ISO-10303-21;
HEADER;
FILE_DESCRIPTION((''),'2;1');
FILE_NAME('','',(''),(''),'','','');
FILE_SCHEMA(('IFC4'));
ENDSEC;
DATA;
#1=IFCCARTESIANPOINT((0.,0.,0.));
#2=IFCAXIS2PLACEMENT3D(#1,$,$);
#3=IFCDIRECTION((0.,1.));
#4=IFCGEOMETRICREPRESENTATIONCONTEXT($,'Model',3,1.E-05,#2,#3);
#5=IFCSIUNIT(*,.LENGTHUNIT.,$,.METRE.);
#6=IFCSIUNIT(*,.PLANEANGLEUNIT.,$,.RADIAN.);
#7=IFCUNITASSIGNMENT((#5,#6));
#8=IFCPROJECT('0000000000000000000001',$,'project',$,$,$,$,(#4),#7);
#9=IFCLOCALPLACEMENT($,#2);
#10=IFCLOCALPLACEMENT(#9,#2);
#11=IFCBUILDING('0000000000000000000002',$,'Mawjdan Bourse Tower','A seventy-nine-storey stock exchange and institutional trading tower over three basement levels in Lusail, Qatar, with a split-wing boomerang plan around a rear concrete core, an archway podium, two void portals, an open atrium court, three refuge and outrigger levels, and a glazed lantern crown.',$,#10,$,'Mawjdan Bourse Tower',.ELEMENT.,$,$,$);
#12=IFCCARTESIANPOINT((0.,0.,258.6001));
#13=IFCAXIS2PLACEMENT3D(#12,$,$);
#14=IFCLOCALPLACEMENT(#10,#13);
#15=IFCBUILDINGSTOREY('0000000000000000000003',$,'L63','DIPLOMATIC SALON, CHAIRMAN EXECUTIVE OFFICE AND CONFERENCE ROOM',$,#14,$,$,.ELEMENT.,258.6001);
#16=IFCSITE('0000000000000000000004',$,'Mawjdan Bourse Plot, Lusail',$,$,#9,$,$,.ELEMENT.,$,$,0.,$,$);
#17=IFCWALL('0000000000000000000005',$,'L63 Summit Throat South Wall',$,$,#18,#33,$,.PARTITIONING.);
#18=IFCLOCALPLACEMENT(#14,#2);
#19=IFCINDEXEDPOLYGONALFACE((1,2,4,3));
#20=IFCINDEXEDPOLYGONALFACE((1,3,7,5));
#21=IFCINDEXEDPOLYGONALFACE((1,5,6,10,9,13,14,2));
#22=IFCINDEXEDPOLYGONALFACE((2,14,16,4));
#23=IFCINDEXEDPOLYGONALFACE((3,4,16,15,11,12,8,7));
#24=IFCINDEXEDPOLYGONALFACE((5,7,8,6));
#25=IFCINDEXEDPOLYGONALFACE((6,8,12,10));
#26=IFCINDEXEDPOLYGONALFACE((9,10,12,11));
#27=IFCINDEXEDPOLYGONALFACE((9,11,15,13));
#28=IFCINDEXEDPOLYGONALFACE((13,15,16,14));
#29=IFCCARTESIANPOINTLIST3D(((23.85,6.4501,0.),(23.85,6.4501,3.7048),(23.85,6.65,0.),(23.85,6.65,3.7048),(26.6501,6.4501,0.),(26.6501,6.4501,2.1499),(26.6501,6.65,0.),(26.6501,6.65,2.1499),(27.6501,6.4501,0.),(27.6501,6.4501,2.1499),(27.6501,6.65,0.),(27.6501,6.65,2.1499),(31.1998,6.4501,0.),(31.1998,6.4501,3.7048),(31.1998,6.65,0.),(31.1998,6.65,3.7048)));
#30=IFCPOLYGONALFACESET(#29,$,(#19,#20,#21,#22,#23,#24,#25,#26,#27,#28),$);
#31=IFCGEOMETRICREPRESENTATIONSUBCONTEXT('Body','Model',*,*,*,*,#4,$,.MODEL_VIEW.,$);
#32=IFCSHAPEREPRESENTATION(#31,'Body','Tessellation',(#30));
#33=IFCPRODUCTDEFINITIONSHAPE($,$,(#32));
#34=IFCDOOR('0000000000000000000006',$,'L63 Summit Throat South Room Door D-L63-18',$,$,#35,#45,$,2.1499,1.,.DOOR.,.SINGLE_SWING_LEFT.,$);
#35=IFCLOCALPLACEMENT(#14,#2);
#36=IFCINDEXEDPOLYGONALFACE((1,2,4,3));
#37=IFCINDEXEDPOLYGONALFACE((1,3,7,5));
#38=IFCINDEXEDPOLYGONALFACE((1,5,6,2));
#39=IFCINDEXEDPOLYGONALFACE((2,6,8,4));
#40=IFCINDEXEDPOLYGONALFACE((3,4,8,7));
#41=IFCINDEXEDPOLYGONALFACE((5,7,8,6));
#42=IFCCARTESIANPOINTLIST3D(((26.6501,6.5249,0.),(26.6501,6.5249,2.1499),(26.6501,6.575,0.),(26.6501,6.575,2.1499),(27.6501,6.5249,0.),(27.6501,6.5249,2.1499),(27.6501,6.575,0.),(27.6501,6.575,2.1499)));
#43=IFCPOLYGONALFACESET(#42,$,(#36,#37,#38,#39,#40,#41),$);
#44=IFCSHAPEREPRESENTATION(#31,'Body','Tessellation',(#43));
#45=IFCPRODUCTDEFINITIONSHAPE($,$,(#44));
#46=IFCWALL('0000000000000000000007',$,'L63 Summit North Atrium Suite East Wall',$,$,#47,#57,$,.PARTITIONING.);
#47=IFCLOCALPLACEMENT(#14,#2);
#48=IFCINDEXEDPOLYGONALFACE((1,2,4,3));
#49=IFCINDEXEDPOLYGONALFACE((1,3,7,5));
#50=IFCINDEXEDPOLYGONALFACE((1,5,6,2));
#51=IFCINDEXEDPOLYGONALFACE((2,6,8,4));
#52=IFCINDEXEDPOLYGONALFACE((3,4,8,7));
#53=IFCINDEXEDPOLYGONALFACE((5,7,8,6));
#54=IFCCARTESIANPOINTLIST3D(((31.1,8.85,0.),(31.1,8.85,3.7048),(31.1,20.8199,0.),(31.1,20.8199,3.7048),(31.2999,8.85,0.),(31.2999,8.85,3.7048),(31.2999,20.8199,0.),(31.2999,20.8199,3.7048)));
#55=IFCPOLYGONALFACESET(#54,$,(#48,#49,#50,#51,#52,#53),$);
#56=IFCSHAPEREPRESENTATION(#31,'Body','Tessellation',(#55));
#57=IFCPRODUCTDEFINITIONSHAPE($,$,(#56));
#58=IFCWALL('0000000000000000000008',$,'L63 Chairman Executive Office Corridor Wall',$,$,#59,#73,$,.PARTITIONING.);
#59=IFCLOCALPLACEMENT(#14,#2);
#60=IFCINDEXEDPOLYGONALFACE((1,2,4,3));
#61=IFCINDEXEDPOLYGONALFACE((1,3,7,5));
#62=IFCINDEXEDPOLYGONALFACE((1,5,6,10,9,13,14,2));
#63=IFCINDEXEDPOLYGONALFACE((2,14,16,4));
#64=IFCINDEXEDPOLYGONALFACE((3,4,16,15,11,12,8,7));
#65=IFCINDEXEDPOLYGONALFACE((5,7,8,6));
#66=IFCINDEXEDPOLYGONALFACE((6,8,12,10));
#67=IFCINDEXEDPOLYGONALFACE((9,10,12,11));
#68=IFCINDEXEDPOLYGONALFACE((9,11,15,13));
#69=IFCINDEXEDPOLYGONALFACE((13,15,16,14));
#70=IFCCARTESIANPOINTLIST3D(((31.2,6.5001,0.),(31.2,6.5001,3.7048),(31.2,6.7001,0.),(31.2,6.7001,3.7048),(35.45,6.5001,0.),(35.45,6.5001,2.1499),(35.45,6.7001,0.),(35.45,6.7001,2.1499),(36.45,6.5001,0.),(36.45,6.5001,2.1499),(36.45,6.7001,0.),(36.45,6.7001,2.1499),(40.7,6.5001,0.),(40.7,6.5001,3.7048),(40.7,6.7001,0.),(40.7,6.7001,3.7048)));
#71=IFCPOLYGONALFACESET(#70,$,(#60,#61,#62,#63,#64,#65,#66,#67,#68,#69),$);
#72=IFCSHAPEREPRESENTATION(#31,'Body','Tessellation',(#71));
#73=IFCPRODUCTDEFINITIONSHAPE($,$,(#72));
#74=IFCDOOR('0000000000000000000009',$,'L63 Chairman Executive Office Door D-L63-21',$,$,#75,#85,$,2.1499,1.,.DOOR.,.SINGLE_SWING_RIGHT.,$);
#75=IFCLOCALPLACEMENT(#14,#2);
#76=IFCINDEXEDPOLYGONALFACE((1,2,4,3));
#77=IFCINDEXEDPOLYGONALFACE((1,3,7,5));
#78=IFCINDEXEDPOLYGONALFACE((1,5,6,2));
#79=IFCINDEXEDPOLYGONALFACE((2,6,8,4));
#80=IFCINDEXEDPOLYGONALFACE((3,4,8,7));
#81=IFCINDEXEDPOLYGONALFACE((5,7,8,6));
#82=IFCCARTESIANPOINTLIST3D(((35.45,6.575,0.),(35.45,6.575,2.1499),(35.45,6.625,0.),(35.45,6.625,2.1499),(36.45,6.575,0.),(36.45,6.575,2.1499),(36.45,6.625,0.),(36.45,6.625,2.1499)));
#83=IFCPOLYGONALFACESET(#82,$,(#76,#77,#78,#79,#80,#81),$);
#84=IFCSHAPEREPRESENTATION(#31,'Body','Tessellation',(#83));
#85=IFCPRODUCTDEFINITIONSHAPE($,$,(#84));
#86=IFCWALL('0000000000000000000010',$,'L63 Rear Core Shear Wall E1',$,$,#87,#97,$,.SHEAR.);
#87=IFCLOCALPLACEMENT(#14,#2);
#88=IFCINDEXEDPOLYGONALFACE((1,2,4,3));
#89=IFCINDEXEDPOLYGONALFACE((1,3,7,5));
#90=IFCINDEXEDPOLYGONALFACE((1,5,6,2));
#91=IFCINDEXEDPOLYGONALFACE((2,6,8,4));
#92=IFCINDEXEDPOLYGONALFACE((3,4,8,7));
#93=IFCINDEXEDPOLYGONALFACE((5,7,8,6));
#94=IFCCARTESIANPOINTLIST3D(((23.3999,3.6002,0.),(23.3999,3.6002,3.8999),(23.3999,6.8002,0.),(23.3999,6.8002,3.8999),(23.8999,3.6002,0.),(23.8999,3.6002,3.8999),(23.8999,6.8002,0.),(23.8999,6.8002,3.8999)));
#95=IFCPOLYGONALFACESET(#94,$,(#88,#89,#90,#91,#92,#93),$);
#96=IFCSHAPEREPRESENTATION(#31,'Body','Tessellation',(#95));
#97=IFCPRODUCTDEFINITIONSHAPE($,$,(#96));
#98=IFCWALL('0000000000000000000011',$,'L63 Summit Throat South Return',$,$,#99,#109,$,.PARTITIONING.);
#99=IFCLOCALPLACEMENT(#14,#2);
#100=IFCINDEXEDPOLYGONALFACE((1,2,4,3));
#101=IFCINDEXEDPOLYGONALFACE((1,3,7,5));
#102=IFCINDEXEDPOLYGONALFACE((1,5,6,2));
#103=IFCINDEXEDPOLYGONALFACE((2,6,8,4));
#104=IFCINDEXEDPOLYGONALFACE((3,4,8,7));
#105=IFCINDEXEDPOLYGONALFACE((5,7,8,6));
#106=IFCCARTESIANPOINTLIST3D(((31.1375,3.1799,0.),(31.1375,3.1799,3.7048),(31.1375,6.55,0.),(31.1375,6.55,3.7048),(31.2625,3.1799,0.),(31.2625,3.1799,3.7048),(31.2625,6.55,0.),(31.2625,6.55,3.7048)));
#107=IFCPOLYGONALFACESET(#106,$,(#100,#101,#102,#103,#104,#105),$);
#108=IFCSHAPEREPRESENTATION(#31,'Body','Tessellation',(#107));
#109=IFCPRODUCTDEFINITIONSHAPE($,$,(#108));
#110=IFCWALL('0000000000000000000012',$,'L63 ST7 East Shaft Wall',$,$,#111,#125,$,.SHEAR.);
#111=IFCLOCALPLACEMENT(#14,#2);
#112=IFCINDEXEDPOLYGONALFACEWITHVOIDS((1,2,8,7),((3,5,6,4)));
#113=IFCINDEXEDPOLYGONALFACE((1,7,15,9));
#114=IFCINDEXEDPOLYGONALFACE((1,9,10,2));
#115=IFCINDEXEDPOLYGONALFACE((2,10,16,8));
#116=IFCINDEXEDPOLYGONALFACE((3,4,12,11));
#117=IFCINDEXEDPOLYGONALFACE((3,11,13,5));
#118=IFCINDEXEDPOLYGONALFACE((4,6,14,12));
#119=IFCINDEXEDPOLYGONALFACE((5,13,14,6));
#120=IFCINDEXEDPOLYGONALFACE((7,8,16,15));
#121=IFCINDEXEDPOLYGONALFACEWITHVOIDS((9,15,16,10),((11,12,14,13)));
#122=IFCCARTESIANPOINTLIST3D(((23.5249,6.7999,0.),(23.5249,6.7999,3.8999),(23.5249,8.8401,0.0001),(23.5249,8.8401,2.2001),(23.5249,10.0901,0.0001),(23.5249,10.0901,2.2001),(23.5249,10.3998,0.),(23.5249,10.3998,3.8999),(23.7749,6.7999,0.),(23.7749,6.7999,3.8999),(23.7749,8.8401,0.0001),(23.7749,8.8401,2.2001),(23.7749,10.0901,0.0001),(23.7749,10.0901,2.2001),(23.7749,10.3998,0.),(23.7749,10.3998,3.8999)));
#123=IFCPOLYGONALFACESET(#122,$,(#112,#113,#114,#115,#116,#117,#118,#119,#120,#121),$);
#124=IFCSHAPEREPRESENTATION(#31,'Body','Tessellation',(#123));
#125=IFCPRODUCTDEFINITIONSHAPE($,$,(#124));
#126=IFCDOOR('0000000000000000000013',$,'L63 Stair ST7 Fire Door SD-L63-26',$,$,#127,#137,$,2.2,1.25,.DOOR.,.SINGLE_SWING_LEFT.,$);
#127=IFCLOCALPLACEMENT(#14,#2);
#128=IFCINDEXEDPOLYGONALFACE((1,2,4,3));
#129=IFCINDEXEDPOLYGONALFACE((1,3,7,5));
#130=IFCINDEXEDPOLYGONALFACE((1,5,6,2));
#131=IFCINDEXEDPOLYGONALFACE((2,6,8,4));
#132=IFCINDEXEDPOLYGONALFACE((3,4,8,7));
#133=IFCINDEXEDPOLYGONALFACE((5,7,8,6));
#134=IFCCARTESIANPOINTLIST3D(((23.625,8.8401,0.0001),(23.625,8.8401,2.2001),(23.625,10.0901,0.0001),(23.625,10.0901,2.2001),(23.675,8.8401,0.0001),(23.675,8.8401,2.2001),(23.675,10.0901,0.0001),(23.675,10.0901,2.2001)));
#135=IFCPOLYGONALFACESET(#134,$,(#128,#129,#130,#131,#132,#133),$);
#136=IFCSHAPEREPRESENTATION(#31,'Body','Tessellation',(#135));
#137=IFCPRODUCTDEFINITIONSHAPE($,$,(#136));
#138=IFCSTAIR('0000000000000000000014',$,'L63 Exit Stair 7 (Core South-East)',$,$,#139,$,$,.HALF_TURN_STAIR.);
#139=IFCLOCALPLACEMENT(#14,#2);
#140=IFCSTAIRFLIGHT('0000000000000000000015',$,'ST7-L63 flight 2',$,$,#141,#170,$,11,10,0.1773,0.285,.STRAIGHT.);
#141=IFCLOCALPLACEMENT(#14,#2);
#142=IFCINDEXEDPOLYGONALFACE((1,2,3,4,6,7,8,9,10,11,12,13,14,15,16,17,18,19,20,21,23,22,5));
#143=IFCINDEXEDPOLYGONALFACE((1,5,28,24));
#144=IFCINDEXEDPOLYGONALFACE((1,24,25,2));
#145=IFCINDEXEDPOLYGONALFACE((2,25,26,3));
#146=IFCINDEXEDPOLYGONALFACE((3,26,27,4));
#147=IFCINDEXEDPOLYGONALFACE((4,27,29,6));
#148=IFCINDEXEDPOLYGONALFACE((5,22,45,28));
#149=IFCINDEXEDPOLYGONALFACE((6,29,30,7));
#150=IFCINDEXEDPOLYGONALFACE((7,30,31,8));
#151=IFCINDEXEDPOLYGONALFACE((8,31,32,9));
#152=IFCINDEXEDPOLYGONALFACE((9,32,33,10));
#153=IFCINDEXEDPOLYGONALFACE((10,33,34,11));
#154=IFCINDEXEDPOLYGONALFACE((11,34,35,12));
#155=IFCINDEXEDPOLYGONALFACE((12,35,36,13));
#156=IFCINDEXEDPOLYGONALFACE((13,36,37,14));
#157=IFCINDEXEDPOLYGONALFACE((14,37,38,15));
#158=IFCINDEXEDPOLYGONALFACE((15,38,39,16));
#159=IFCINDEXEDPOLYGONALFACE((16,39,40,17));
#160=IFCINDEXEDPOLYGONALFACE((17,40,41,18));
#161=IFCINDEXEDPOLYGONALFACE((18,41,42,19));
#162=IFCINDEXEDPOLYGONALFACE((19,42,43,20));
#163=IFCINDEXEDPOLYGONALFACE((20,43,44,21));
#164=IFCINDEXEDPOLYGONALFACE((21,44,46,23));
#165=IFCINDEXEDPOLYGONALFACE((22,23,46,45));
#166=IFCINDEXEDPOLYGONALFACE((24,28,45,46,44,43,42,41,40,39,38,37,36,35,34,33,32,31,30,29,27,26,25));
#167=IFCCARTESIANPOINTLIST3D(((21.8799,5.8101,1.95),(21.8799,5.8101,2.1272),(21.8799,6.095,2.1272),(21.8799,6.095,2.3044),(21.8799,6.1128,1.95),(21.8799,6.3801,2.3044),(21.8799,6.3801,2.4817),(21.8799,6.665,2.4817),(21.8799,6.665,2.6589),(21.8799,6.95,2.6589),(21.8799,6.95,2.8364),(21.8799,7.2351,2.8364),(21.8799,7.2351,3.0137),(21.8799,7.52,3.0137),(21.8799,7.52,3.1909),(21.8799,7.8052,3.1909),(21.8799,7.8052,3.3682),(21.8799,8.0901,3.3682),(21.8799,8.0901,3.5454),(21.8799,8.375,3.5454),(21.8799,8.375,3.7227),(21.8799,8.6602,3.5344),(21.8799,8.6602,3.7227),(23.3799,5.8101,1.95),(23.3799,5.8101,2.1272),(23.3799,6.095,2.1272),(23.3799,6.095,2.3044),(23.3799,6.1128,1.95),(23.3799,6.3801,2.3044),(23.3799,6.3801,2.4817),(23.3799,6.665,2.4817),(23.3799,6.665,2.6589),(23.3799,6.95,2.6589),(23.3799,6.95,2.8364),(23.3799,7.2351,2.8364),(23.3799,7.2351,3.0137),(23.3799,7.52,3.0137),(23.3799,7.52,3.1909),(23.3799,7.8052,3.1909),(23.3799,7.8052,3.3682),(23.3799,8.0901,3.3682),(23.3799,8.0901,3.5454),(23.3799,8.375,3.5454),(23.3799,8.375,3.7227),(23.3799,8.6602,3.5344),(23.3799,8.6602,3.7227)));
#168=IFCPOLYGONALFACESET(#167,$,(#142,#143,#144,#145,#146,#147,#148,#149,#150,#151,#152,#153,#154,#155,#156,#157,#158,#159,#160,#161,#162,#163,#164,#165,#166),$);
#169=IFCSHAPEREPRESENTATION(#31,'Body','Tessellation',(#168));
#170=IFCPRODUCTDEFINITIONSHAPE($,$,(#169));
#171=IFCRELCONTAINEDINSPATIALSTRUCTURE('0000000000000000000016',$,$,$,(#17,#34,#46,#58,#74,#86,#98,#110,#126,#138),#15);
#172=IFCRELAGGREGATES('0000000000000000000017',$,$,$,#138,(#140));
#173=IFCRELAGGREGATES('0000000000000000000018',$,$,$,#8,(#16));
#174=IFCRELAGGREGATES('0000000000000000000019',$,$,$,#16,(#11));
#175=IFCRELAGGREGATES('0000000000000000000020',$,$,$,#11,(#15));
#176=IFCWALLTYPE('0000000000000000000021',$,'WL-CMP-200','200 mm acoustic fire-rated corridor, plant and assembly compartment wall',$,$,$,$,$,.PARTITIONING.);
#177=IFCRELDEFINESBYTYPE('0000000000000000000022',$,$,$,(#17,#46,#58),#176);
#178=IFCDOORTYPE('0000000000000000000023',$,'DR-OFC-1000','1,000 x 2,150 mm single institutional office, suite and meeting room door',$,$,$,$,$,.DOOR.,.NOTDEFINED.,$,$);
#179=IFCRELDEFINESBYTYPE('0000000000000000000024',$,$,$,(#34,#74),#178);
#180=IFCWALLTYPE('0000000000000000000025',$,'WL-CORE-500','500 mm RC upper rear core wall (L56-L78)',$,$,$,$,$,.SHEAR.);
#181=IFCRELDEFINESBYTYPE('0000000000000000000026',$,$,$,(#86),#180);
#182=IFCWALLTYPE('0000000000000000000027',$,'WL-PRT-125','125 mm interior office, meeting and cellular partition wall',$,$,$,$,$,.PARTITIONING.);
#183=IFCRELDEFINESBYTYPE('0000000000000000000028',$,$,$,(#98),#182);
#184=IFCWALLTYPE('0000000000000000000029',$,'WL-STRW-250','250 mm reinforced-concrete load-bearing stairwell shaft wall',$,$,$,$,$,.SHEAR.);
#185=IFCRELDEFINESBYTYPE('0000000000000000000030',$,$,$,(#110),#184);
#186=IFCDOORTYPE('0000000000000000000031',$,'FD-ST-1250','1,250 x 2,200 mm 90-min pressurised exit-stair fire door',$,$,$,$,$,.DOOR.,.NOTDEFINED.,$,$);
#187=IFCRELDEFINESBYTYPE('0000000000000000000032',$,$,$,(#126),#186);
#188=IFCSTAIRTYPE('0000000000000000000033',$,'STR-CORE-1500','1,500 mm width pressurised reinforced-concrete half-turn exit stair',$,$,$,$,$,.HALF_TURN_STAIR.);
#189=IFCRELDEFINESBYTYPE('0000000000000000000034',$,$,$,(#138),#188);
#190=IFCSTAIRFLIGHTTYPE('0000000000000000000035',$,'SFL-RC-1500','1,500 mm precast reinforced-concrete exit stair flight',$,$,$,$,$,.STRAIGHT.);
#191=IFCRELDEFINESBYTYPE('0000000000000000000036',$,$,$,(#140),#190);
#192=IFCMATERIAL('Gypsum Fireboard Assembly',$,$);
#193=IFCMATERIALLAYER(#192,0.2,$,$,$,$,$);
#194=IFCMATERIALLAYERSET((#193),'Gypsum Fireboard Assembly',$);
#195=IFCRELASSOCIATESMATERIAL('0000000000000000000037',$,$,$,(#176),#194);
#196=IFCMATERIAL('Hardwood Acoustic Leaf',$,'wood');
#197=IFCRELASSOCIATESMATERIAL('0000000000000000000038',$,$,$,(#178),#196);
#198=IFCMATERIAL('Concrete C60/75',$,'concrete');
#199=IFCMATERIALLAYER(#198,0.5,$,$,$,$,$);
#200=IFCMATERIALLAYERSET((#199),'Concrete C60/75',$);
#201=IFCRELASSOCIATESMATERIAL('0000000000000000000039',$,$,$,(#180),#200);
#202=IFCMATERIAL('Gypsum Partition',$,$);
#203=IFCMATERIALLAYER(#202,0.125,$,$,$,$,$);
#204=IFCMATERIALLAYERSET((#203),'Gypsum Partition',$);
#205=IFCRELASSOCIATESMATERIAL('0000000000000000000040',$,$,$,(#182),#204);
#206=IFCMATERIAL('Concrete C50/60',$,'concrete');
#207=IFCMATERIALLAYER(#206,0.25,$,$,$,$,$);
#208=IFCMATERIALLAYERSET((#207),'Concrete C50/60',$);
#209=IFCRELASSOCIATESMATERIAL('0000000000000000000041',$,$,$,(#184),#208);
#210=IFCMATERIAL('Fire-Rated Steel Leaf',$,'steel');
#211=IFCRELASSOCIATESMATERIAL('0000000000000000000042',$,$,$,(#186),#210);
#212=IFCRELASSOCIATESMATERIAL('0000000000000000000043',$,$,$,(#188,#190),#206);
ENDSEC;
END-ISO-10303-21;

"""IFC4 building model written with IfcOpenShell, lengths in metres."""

from ifc_helpers import new_model, si_unit, direction, frame, frame_2d, origin, place, context, subcontext, project, spatial, polyline, rectangle, outline, extrude, material, layer, layer_set, type_object, element, fill, aggregate, save


model = new_model("IFC4")

# Units and contexts
model_context = context("Model", 3, precision=1e-05, world=origin(), true_north=direction((0.0, 1.0)))
body_context = subcontext(model_context, "Body", "Model", "MODEL_VIEW")
ifc_project = project(units=[si_unit("LENGTHUNIT", "METRE"), si_unit("PLANEANGLEUNIT", "RADIAN")], contexts=[model_context])

# Site, building, storey
site_placement = place(None, origin())
site = spatial("IfcSite", under=ifc_project, at=site_placement, Name="Mawjdan Bourse Plot, Lusail", CompositionType="ELEMENT", RefElevation=0.0)
building_placement = place(site_placement, origin())
building = spatial("IfcBuilding", under=site, at=building_placement, Name="Mawjdan Bourse Tower", Description="A seventy-nine-storey stock exchange and institutional trading tower over three basement levels in Lusail, Qatar, with a split-wing boomerang plan around a rear concrete core, an archway podium, two void portals, an open atrium court, three refuge and outrigger levels, and a glazed lantern crown.", LongName="Mawjdan Bourse Tower", CompositionType="ELEMENT")
storey_placement = place(building_placement, frame((0.0, 0.0, 258.6001)))
storey = spatial("IfcBuildingStorey", under=building, at=storey_placement, Name="L63", Description="DIPLOMATIC SALON, CHAIRMAN EXECUTIVE OFFICE AND CONFERENCE ROOM", CompositionType="ELEMENT", Elevation=258.6001)

# Shared definitions
ifc_material_1 = material(Name="Concrete C60/75", Category="concrete")

# Wall, opening, door
ifc_material_2 = material(Name="Gypsum Fireboard Assembly")
ifc_layer_1 = layer(ifc_material_2, 0.2)
ifc_layer_set_1 = layer_set([ifc_layer_1], Name="Gypsum Fireboard Assembly")
wall_type_1 = type_object("IfcWallType", Name="WL-CMP-200", Description="200 mm acoustic fire-rated corridor, plant and assembly compartment wall", PredefinedType="PARTITIONING", material=ifc_layer_set_1)
wall_1_placement = place(storey_placement, frame((23.8501, 6.55, 0.0), z_axis=(0.0, 0.0, 1.0), x_axis=(1.0, 0.0, 0.0)))
wall_1 = element("IfcWall", 1, at=wall_1_placement, inside=storey, type_object=wall_type_1, Name="L63 Summit Throat South Wall", PredefinedType="PARTITIONING", context=body_context, shape_type="SweptSolid", body=[
    extrude(rectangle(XDim=7.3499, YDim=0.2, at=frame_2d((3.6748, 0.0))), origin(), (0.0, 0.0, 1.0), 3.7048),
])
opening_1_placement = place(wall_1_placement, frame((2.8, 0.0, 0.0)))
opening_1 = element("IfcOpeningElement", 2, at=opening_1_placement, cuts=wall_1, PredefinedType="OPENING", context=body_context, shape_type="SweptSolid", body=[
    extrude(rectangle(XDim=1.0, YDim=2.1499, at=frame_2d((0.5, 1.075))), frame((0.0, 0.1099, 0.0), z_axis=(0.0, -1.0, 0.0), x_axis=(1.0, 0.0, 0.0)), (0.0, 0.0, 1.0), 0.22),
])
ifc_material_3 = material(Name="Hardwood Acoustic Leaf", Category="wood")
door_type_1 = type_object("IfcDoorType", Name="DR-OFC-1000", Description="1,000 x 2,150 mm single institutional office, suite and meeting room door", OperationType="NOTDEFINED", PredefinedType="DOOR", material=ifc_material_3)
door_1_placement = place(opening_1_placement, origin())
door_1 = element("IfcDoor", 3, at=door_1_placement, inside=storey, type_object=door_type_1, Name="L63 Summit Throat South Room Door D-L63-18", OperationType="SINGLE_SWING_LEFT", OverallHeight=2.1499, OverallWidth=1.0, PredefinedType="DOOR", context=body_context, shape_type="SweptSolid", body=[
    extrude(rectangle(XDim=1.0, YDim=2.1499, at=frame_2d((0.5, 1.075))), frame((0.0, 0.0249, 0.0), z_axis=(0.0, -1.0, 0.0), x_axis=(1.0, 0.0, 0.0)), (0.0, 0.0, 1.0), 0.05),
])
fill(opening_1, door_1)

# Wall
wall_2_placement = place(storey_placement, frame((31.2, 8.8501, 0.0), z_axis=(0.0, 0.0, 1.0), x_axis=(0.0, 1.0, 0.0)))
element("IfcWall", 4, at=wall_2_placement, inside=storey, type_object=wall_type_1, Name="L63 Summit North Atrium Suite East Wall", PredefinedType="PARTITIONING", context=body_context, shape_type="SweptSolid", body=[
    extrude(rectangle(XDim=11.97, YDim=0.2, at=frame_2d((5.9849, 0.0))), origin(), (0.0, 0.0, 1.0), 3.7048),
])

# Wall, opening, door
wall_3_placement = place(storey_placement, frame((31.2, 6.6001, 0.0), z_axis=(0.0, 0.0, 1.0), x_axis=(1.0, 0.0, 0.0)))
wall_3 = element("IfcWall", 5, at=wall_3_placement, inside=storey, type_object=wall_type_1, Name="L63 Chairman Executive Office Corridor Wall", PredefinedType="PARTITIONING", context=body_context, shape_type="SweptSolid", body=[
    extrude(rectangle(XDim=9.5, YDim=0.2, at=frame_2d((4.75, 0.0))), origin(), (0.0, 0.0, 1.0), 3.7048),
])
opening_2_placement = place(wall_3_placement, frame((4.25, 0.0, 0.0)))
opening_2 = element("IfcOpeningElement", 6, at=opening_2_placement, cuts=wall_3, PredefinedType="OPENING", context=body_context, shape_type="SweptSolid", body=[
    extrude(rectangle(XDim=1.0, YDim=2.1499, at=frame_2d((0.5, 1.075))), frame((0.0, 0.1099, 0.0), z_axis=(0.0, -1.0, 0.0), x_axis=(1.0, 0.0, 0.0)), (0.0, 0.0, 1.0), 0.22),
])
door_2_placement = place(opening_2_placement, origin())
door_2 = element("IfcDoor", 7, at=door_2_placement, inside=storey, type_object=door_type_1, Name="L63 Chairman Executive Office Door D-L63-21", OperationType="SINGLE_SWING_RIGHT", OverallHeight=2.1499, OverallWidth=1.0, PredefinedType="DOOR", context=body_context, shape_type="SweptSolid", body=[
    extrude(rectangle(XDim=1.0, YDim=2.1499, at=frame_2d((0.5, 1.075))), frame((0.0, 0.0249, 0.0), z_axis=(0.0, -1.0, 0.0), x_axis=(1.0, 0.0, 0.0)), (0.0, 0.0, 1.0), 0.05),
])
fill(opening_2, door_2)

# Walls
ifc_layer_2 = layer(ifc_material_1, 0.5)
ifc_layer_set_2 = layer_set([ifc_layer_2], Name="Concrete C60/75")
wall_type_2 = type_object("IfcWallType", Name="WL-CORE-500", Description="500 mm RC upper rear core wall (L56-L78)", PredefinedType="SHEAR", material=ifc_layer_set_2)
wall_4_placement = place(storey_placement, frame((23.6499, 3.6001, 0.0), z_axis=(0.0, 0.0, 1.0), x_axis=(0.0, 1.0, 0.0)))
element("IfcWall", 8, at=wall_4_placement, inside=storey, type_object=wall_type_2, Name="L63 Rear Core Shear Wall E1", PredefinedType="SHEAR", context=body_context, shape_type="SweptSolid", body=[
    extrude(rectangle(XDim=3.2, YDim=0.5, at=frame_2d((1.6001, 0.0))), origin(), (0.0, 0.0, 1.0), 3.8999),
])
ifc_material_4 = material(Name="Gypsum Partition")
ifc_layer_3 = layer(ifc_material_4, 0.125)
ifc_layer_set_3 = layer_set([ifc_layer_3], Name="Gypsum Partition")
wall_type_3 = type_object("IfcWallType", Name="WL-PRT-125", Description="125 mm interior office, meeting and cellular partition wall", PredefinedType="PARTITIONING", material=ifc_layer_set_3)
wall_5_placement = place(storey_placement, frame((31.2, 3.1799, 0.0), z_axis=(0.0, 0.0, 1.0), x_axis=(0.0, 1.0, 0.0)))
element("IfcWall", 9, at=wall_5_placement, inside=storey, type_object=wall_type_3, Name="L63 Summit Throat South Return", PredefinedType="PARTITIONING", context=body_context, shape_type="SweptSolid", body=[
    extrude(rectangle(XDim=3.3701, YDim=0.125, at=frame_2d((1.6851, 0.0))), origin(), (0.0, 0.0, 1.0), 3.7048),
])

# Wall, opening, door
ifc_material_5 = material(Name="Concrete C50/60", Category="concrete")
ifc_layer_4 = layer(ifc_material_5, 0.25)
ifc_layer_set_4 = layer_set([ifc_layer_4], Name="Concrete C50/60")
wall_type_4 = type_object("IfcWallType", Name="WL-STRW-250", Description="250 mm reinforced-concrete load-bearing stairwell shaft wall", PredefinedType="SHEAR", material=ifc_layer_set_4)
wall_6_placement = place(storey_placement, frame((23.6499, 6.8, 0.0), z_axis=(0.0, 0.0, 1.0), x_axis=(0.0, 1.0, 0.0)))
wall_6 = element("IfcWall", 10, at=wall_6_placement, inside=storey, type_object=wall_type_4, Name="L63 ST7 East Shaft Wall", PredefinedType="SHEAR", context=body_context, shape_type="SweptSolid", body=[
    extrude(rectangle(XDim=3.5999, YDim=0.25, at=frame_2d((1.7998, 0.0))), origin(), (0.0, 0.0, 1.0), 3.8999),
])
opening_3_placement = place(wall_6_placement, frame((2.04, 0.0, 0.0)))
opening_3 = element("IfcOpeningElement", 11, at=opening_3_placement, cuts=wall_6, PredefinedType="OPENING", context=body_context, shape_type="SweptSolid", body=[
    extrude(rectangle(XDim=1.25, YDim=2.2, at=frame_2d((0.625, 1.1001))), frame((0.0, 0.135, 0.0), z_axis=(0.0, -1.0, 0.0), x_axis=(1.0, 0.0, 0.0)), (0.0, 0.0, 1.0), 0.27),
])
ifc_material_6 = material(Name="Fire-Rated Steel Leaf", Category="steel")
door_type_2 = type_object("IfcDoorType", Name="FD-ST-1250", Description="1,250 x 2,200 mm 90-min pressurised exit-stair fire door", OperationType="NOTDEFINED", PredefinedType="DOOR", material=ifc_material_6)
door_3_placement = place(opening_3_placement, origin())
door_3 = element("IfcDoor", 12, at=door_3_placement, inside=storey, type_object=door_type_2, Name="L63 Stair ST7 Fire Door SD-L63-26", OperationType="SINGLE_SWING_LEFT", OverallHeight=2.2, OverallWidth=1.25, PredefinedType="DOOR", context=body_context, shape_type="SweptSolid", body=[
    extrude(rectangle(XDim=1.25, YDim=2.2, at=frame_2d((0.625, 1.1001))), frame((0.0, 0.0249, 0.0), z_axis=(0.0, -1.0, 0.0), x_axis=(1.0, 0.0, 0.0)), (0.0, 0.0, 1.0), 0.05),
])
fill(opening_3, door_3)

# Stair, stair flight
stair_type = type_object("IfcStairType", Name="STR-CORE-1500", Description="1,500 mm width pressurised reinforced-concrete half-turn exit stair", PredefinedType="HALF_TURN_STAIR", material=ifc_material_5)
stair_placement = place(storey_placement, origin())
stair = element("IfcStair", 13, at=stair_placement, inside=storey, type_object=stair_type, Name="L63 Exit Stair 7 (Core South-East)", PredefinedType="HALF_TURN_STAIR")
stair_flight_type = type_object("IfcStairFlightType", Name="SFL-RC-1500", Description="1,500 mm precast reinforced-concrete exit stair flight", PredefinedType="STRAIGHT", material=ifc_material_5)
stair_flight_placement = place(storey_placement, frame((22.6299, 5.8101, 1.95), z_axis=(0.0, 0.0, 1.0), x_axis=(0.0, 1.0, 0.0)))
stair_flight = element("IfcStairFlight", 14, at=stair_flight_placement, type_object=stair_flight_type, Name="ST7-L63 flight 2", NumberOfRisers=11, NumberOfTreads=10, PredefinedType="STRAIGHT", RiserHeight=0.1773, TreadLength=0.285, context=body_context, shape_type="SweptSolid", body=[
    extrude(outline(polyline([(0.0, 0.0), (0.0, 0.1772), (0.2849, 0.1772), (0.2849, 0.3545), (0.5701, 0.3545), (0.5701, 0.5317), (0.855, 0.5317), (0.855, 0.709), (1.1399, 0.709), (1.1399, 0.8865), (1.425, 0.8865), (1.425, 1.0637), (1.71, 1.0637), (1.71, 1.241), (1.9951, 1.241), (1.9951, 1.4182), (2.28, 1.4182), (2.28, 1.5955), (2.5649, 1.5955), (2.5649, 1.7727), (2.8501, 1.7727), (2.8501, 1.95), (2.8501, 1.5845), (0.3027, 0.0), (0.0, 0.0)])), frame((0.0, 0.75, 0.0), z_axis=(0.0, -1.0, 0.0), x_axis=(1.0, 0.0, 0.0)), (0.0, 0.0, 1.0), 1.5),
])
aggregate(stair, [stair_flight])

save(model, "model.ifc")
